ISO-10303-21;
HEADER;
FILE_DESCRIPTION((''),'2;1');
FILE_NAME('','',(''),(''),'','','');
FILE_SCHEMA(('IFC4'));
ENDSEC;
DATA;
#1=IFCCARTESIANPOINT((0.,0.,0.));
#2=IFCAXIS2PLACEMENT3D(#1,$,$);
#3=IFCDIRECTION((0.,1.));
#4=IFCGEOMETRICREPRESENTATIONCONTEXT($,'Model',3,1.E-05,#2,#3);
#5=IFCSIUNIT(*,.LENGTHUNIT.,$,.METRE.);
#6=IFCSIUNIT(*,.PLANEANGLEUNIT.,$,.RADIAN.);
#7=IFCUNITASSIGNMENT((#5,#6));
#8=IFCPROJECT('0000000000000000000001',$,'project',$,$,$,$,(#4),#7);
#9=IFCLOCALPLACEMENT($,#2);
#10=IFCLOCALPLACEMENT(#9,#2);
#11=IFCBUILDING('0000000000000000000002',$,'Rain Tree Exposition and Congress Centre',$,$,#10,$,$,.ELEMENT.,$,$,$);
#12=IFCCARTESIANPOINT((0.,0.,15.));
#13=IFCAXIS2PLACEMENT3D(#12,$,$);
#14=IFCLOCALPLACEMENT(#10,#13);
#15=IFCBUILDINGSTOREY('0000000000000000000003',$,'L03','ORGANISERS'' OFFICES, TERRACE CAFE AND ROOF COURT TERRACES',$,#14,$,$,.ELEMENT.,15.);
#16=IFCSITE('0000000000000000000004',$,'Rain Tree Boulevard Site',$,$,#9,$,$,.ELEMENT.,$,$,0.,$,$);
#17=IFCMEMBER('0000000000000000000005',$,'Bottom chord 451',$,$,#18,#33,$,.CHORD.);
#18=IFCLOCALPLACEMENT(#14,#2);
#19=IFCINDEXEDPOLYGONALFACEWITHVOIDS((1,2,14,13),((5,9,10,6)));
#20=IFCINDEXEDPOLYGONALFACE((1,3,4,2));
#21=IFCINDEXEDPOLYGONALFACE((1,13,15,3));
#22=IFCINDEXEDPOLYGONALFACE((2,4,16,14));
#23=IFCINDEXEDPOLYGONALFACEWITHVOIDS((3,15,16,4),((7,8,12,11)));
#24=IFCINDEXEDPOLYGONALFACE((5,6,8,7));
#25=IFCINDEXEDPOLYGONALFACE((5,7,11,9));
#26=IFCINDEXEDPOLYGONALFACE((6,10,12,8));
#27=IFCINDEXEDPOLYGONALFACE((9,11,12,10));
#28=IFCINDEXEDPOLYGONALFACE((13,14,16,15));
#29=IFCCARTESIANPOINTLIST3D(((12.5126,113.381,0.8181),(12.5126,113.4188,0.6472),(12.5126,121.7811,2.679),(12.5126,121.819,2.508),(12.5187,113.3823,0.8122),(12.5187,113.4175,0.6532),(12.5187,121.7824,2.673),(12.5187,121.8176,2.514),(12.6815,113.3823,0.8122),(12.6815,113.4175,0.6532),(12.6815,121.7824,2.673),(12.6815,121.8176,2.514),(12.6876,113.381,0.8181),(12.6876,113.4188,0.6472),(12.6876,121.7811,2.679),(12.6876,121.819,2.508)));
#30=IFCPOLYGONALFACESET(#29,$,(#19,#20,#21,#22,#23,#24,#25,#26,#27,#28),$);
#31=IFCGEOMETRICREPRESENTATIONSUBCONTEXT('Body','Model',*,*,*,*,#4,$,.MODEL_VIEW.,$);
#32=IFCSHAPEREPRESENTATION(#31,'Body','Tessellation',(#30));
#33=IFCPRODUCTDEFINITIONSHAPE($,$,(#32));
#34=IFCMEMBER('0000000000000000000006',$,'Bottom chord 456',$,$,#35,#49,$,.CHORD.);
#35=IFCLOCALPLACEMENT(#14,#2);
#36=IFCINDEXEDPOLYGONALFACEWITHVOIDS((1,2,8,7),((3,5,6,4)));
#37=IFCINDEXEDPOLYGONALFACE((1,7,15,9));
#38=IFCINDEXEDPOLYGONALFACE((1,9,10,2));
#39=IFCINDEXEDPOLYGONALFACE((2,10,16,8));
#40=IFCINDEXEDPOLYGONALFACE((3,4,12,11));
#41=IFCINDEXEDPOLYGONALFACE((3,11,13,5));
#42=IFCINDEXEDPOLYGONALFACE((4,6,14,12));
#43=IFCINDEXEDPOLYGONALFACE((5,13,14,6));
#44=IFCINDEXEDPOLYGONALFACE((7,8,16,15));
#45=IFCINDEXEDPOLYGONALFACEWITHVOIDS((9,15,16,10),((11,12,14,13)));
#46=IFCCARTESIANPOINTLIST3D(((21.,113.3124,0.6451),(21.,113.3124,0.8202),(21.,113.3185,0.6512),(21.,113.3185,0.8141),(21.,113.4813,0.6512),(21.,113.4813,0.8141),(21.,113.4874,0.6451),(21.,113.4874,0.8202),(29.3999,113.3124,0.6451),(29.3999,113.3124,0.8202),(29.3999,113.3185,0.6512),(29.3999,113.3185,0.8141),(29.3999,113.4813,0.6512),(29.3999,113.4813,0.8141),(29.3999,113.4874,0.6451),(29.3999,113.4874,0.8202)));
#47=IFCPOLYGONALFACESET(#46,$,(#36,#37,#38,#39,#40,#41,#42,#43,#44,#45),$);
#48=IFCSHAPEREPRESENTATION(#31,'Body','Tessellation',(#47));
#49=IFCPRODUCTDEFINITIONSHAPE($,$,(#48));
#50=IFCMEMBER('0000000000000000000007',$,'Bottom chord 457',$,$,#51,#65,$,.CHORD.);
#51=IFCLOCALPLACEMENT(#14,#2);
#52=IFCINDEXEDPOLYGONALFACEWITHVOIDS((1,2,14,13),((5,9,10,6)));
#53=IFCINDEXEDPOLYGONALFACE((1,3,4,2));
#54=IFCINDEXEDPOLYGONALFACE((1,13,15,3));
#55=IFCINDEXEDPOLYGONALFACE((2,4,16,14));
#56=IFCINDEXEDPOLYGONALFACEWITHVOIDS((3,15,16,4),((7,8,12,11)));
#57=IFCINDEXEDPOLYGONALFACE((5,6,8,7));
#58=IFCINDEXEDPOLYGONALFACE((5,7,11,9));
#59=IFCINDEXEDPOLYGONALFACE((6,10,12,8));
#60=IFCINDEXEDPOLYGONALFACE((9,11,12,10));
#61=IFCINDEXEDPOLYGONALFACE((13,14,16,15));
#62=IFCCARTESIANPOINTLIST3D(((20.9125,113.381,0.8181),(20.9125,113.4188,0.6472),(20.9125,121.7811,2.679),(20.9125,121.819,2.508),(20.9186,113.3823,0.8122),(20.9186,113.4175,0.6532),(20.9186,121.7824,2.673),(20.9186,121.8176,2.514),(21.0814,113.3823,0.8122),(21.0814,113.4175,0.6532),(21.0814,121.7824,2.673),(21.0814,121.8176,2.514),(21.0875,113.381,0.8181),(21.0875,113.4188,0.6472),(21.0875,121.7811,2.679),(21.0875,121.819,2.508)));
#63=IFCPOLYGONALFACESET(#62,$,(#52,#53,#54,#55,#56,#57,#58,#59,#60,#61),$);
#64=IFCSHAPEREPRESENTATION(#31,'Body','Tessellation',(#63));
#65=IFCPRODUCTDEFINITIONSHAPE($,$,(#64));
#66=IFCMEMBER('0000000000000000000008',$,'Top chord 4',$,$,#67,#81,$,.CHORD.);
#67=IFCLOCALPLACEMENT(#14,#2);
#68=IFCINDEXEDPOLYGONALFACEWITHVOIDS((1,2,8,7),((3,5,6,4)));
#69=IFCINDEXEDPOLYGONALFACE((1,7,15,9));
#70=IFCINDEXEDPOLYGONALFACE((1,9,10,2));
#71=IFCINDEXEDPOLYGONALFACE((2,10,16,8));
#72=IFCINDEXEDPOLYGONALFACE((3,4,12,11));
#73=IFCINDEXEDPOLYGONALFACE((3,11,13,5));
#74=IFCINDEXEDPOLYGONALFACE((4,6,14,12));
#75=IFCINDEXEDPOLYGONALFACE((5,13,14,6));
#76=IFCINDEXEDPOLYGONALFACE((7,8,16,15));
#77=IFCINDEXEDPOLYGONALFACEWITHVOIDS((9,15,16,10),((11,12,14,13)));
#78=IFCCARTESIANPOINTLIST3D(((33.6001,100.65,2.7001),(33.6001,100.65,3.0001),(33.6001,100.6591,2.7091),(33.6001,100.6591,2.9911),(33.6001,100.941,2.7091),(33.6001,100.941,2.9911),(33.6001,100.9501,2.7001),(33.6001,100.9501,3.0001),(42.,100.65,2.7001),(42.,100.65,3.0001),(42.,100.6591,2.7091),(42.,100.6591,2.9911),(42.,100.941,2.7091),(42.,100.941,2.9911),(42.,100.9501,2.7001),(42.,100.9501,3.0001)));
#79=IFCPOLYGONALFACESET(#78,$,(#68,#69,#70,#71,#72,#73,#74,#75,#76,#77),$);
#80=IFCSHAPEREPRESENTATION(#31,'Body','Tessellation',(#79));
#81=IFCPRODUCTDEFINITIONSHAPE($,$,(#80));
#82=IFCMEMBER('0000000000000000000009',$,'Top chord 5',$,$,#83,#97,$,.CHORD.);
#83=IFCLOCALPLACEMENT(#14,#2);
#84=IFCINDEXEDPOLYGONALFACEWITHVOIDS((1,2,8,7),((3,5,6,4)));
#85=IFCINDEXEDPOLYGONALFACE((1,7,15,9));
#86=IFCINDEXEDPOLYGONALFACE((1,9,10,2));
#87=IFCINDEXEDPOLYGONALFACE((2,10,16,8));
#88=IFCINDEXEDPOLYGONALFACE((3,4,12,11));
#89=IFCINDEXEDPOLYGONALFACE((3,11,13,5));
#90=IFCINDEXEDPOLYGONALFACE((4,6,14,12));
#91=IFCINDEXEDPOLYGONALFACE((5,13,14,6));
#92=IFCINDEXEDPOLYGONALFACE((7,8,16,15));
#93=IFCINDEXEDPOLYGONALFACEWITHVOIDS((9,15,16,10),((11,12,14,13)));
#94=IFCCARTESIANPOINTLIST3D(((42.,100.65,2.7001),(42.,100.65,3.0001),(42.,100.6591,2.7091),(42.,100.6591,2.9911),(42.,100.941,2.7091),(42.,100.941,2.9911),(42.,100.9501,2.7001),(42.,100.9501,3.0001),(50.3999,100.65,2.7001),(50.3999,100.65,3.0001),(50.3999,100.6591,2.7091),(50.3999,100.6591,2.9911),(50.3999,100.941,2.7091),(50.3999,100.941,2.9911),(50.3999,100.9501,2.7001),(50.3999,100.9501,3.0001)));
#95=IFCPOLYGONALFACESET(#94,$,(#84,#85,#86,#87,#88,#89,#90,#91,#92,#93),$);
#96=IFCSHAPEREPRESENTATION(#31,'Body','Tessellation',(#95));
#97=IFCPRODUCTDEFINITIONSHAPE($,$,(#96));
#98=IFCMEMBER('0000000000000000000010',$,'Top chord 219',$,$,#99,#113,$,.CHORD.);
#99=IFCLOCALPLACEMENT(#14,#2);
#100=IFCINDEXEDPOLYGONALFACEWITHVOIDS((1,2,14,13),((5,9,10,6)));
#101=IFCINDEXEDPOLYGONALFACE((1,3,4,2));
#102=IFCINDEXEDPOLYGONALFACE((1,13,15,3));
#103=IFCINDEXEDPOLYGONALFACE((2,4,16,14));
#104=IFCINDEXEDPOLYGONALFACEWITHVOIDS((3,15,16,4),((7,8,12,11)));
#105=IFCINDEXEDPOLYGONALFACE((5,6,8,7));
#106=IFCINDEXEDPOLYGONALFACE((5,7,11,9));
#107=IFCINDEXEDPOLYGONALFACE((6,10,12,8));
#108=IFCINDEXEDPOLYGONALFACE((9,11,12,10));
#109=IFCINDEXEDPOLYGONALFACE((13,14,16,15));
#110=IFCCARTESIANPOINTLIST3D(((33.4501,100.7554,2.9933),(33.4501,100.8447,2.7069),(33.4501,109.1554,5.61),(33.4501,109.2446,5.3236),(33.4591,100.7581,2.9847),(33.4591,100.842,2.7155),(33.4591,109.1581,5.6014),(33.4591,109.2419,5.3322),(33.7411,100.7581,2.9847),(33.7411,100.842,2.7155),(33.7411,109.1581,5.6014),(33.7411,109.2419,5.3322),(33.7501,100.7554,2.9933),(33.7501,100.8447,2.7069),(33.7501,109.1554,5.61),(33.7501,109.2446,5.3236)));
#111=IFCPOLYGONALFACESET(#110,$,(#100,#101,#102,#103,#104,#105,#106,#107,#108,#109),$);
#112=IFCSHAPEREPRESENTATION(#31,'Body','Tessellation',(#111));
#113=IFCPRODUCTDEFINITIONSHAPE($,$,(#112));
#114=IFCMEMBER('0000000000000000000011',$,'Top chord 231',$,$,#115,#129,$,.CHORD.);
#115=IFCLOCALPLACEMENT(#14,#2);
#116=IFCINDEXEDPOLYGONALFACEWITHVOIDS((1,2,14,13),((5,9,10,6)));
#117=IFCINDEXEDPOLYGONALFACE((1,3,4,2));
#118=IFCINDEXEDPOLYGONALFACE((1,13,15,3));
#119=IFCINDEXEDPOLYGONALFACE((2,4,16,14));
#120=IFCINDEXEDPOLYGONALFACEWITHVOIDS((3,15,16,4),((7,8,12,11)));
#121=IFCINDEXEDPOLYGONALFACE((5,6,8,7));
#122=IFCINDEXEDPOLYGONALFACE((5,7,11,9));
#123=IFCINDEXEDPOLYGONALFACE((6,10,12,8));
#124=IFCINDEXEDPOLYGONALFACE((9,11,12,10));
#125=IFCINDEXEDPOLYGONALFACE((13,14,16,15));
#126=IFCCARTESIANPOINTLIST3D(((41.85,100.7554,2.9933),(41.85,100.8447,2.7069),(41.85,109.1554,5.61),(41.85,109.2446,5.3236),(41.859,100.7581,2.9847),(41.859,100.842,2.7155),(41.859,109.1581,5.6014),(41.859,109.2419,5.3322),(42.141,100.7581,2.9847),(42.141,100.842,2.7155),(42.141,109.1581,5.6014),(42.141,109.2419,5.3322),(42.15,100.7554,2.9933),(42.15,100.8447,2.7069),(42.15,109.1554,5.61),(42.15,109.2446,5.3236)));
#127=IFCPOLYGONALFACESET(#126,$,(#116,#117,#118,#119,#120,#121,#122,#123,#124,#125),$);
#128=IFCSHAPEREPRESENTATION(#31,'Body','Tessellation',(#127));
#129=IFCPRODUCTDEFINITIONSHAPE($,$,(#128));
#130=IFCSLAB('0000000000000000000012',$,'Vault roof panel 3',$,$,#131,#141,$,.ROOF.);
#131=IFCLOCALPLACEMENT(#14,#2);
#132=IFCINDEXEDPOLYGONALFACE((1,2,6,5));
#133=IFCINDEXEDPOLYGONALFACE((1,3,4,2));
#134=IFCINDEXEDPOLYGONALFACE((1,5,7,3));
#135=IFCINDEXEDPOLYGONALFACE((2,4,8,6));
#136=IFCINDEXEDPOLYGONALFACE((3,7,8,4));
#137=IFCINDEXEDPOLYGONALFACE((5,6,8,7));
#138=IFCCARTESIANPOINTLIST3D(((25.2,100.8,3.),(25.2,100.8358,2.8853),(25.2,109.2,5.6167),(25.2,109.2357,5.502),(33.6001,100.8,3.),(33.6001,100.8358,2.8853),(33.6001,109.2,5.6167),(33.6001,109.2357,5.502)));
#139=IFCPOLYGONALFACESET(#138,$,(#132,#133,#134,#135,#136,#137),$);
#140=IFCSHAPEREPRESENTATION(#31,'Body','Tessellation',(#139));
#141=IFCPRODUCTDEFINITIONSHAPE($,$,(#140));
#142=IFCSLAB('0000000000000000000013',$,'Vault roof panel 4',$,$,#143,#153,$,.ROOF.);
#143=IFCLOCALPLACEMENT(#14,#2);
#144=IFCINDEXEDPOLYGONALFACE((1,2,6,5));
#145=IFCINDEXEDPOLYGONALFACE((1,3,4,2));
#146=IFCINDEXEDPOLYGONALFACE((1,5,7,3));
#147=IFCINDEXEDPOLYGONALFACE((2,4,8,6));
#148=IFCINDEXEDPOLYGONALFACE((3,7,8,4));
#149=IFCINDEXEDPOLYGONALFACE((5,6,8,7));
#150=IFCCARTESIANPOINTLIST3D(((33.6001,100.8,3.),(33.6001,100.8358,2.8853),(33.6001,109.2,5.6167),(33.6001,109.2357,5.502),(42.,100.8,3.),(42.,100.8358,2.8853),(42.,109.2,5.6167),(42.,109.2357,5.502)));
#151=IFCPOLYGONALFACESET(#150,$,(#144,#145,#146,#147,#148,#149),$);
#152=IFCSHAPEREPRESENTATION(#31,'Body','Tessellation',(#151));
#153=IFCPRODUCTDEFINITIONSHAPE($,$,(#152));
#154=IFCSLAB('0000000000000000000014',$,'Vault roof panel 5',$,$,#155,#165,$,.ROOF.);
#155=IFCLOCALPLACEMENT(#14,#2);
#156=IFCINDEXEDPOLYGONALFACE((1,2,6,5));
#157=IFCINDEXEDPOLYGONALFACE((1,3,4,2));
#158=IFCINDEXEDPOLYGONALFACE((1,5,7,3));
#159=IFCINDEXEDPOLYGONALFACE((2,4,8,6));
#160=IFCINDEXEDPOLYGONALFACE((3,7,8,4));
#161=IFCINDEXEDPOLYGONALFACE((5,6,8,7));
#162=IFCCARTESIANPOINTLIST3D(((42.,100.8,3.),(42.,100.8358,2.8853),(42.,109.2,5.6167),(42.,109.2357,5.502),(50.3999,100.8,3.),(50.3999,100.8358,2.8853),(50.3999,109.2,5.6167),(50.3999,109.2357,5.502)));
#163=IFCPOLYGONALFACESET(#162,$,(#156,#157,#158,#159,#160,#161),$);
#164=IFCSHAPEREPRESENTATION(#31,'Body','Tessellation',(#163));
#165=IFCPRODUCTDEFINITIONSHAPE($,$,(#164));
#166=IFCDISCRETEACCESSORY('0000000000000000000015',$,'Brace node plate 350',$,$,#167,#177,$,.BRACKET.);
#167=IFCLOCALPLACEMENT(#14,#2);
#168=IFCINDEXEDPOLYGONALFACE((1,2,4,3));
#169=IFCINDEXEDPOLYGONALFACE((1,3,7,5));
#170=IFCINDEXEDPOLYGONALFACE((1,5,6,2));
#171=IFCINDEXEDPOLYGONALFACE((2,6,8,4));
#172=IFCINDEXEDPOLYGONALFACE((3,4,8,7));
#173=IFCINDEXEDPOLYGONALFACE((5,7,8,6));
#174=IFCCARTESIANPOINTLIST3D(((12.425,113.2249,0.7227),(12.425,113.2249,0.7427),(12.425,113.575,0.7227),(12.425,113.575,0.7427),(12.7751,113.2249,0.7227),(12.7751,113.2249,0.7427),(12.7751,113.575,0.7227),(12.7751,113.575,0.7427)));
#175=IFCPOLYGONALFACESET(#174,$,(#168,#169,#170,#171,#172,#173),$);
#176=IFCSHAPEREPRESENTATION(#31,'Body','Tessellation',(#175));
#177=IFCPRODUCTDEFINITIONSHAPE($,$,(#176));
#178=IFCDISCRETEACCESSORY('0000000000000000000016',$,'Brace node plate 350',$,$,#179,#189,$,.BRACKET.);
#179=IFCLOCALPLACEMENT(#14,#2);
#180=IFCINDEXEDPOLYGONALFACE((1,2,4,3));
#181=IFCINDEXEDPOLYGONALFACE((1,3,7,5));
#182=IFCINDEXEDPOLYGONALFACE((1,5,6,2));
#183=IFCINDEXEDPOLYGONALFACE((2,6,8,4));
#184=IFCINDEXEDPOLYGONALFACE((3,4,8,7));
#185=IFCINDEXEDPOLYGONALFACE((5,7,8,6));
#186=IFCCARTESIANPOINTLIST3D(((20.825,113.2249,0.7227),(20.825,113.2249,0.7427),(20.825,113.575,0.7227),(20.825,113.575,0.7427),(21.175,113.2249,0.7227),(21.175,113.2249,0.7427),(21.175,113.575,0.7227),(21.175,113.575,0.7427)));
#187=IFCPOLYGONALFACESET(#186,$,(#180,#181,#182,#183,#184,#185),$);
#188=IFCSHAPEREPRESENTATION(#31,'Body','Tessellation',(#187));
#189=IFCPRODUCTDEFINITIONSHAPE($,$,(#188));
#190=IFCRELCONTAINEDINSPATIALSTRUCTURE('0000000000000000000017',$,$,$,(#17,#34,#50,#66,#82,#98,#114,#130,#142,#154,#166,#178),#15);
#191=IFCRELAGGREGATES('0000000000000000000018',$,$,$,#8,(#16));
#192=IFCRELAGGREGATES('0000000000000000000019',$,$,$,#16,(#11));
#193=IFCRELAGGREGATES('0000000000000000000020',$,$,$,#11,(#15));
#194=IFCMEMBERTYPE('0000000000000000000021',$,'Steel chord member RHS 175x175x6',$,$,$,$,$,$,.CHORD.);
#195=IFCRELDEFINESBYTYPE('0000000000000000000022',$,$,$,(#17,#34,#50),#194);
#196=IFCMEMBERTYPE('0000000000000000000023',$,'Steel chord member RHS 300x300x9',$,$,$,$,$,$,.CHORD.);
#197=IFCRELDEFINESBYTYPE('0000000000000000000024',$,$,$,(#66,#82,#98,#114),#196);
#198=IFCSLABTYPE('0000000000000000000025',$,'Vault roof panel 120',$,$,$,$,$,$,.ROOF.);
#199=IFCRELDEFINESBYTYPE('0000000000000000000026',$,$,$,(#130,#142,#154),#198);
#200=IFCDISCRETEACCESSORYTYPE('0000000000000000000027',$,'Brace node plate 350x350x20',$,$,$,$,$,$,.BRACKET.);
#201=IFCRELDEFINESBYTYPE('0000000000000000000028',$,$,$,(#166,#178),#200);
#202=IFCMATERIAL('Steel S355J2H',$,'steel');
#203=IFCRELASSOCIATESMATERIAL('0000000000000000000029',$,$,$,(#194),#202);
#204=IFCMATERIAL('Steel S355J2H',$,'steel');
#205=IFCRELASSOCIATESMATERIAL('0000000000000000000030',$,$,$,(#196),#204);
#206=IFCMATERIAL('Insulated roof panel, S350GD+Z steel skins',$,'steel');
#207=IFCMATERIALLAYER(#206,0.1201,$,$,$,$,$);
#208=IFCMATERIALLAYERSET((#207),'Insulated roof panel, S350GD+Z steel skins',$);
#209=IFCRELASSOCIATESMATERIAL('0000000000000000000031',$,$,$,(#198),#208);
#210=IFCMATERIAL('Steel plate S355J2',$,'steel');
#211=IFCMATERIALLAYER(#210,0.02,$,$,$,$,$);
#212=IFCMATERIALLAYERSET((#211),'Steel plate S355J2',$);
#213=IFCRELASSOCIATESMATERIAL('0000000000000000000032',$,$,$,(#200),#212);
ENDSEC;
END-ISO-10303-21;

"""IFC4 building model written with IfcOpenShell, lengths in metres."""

from ifc_helpers import new_model, si_unit, direction, frame, origin, origin_2d, place, context, subcontext, project, spatial, polyline, rectangle, hollow_rectangle, outline, extrude, material, layer, layer_set, material_profile, profile_set, type_object, element, save


model = new_model("IFC4")

# Units and contexts
model_context = context("Model", 3, precision=1e-05, world=origin(), true_north=direction((0.0, 1.0)))
body_context = subcontext(model_context, "Body", "Model", "MODEL_VIEW")
ifc_project = project(units=[si_unit("LENGTHUNIT", "METRE"), si_unit("PLANEANGLEUNIT", "RADIAN")], contexts=[model_context])

# Site, building, storey
site_placement = place(None, origin())
site = spatial("IfcSite", under=ifc_project, at=site_placement, Name="Rain Tree Boulevard Site", CompositionType="ELEMENT", RefElevation=0.0)
building_placement = place(site_placement, origin())
building = spatial("IfcBuilding", under=site, at=building_placement, Name="Rain Tree Exposition and Congress Centre", CompositionType="ELEMENT")
storey_placement = place(building_placement, frame((0.0, 0.0, 15.0)))
storey = spatial("IfcBuildingStorey", under=building, at=storey_placement, Name="L03", Description="ORGANISERS' OFFICES, TERRACE CAFE AND ROOF COURT TERRACES", CompositionType="ELEMENT", Elevation=15.0)

# Members
ifc_material_1 = material(Name="Steel S355J2H", Category="steel")
ifc_material_profile_1 = material_profile(ifc_material_1, hollow_rectangle(XDim=0.175, YDim=0.175, WallThickness=0.0061, at=origin_2d()), Name="RHS 175x175x6")
ifc_profile_set_1 = profile_set([ifc_material_profile_1], Name="Steel S355J2H")
member_type_1 = type_object("IfcMemberType", Name="Steel chord member RHS 175x175x6", PredefinedType="CHORD", material=ifc_profile_set_1)
member_1_placement = place(storey_placement, frame((12.6001, 113.3999, 0.7327), z_axis=(0.0, 0.976331, 0.216281), x_axis=(-1.0, 0.0, 0.0)))
element("IfcMember", 1, at=member_1_placement, inside=storey, type_object=member_type_1, Name="Bottom chord 451", PredefinedType="CHORD", context=body_context, shape_type="SweptSolid", body=[
    extrude(hollow_rectangle(XDim=0.175, YDim=0.175, WallThickness=0.0061, at=origin_2d()), origin(), (0.0, 0.0, 1.0), 8.6038),
])
member_2_placement = place(storey_placement, frame((21.0, 113.3999, 0.7327), z_axis=(1.0, 0.0, 0.0), x_axis=(0.0, 1.0, 0.0)))
element("IfcMember", 2, at=member_2_placement, inside=storey, type_object=member_type_1, Name="Bottom chord 456", PredefinedType="CHORD", context=body_context, shape_type="SweptSolid", body=[
    extrude(hollow_rectangle(XDim=0.175, YDim=0.175, WallThickness=0.0061, at=origin_2d()), origin(), (0.0, 0.0, 1.0), 8.3999),
])
member_3_placement = place(storey_placement, frame((21.0, 113.3999, 0.7327), z_axis=(0.0, 0.976331, 0.216281), x_axis=(-1.0, 0.0, 0.0)))
element("IfcMember", 3, at=member_3_placement, inside=storey, type_object=member_type_1, Name="Bottom chord 457", PredefinedType="CHORD", context=body_context, shape_type="SweptSolid", body=[
    extrude(hollow_rectangle(XDim=0.175, YDim=0.175, WallThickness=0.0061, at=origin_2d()), origin(), (0.0, 0.0, 1.0), 8.6038),
])
ifc_material_2 = material(Name="Steel S355J2H", Category="steel")
ifc_material_profile_2 = material_profile(ifc_material_2, hollow_rectangle(XDim=0.3, YDim=0.3, WallThickness=0.009, at=origin_2d()), Name="RHS 300x300x9")
ifc_profile_set_2 = profile_set([ifc_material_profile_2], Name="Steel S355J2H")
member_type_2 = type_object("IfcMemberType", Name="Steel chord member RHS 300x300x9", PredefinedType="CHORD", material=ifc_profile_set_2)
for number, where, z_axis, x_axis, name in (
    (4, (33.6001, 100.8, 2.8501), (1.0, 0.0, 0.0), (0.0, 1.0, 0.0), "Top chord 4"),
    (5, (42.0, 100.8, 2.8501), (1.0, 0.0, 0.0), (0.0, 1.0, 0.0), "Top chord 5"),
):
    element("IfcMember", number, at=place(storey_placement, frame(where, z_axis=z_axis, x_axis=x_axis)), inside=storey, type_object=member_type_2, Name=name, PredefinedType="CHORD", context=body_context, shape_type="SweptSolid", body=[
        extrude(hollow_rectangle(XDim=0.3, YDim=0.3, WallThickness=0.009, at=origin_2d()), origin(), (0.0, 0.0, 1.0), 8.3999),
    ])
for number, where, z_axis, x_axis, name in (
    (6, (33.6001, 100.8, 2.8501), (0.0, 0.954747, 0.297418), (-1.0, 0.0, 0.0), "Top chord 219"),
    (7, (42.0, 100.8, 2.8501), (0.0, 0.954747, 0.297418), (-1.0, 0.0, 0.0), "Top chord 231"),
):
    element("IfcMember", number, at=place(storey_placement, frame(where, z_axis=z_axis, x_axis=x_axis)), inside=storey, type_object=member_type_2, Name=name, PredefinedType="CHORD", context=body_context, shape_type="SweptSolid", body=[
        extrude(hollow_rectangle(XDim=0.3, YDim=0.3, WallThickness=0.009, at=origin_2d()), origin(), (0.0, 0.0, 1.0), 8.7981),
    ])

# Slabs
ifc_material_3 = material(Name="Insulated roof panel, S350GD+Z steel skins", Category="steel")
ifc_layer_1 = layer(ifc_material_3, 0.1201)
ifc_layer_set_1 = layer_set([ifc_layer_1], Name="Insulated roof panel, S350GD+Z steel skins")
slab_type = type_object("IfcSlabType", Name="Vault roof panel 120", PredefinedType="ROOF", material=ifc_layer_set_1)
slab_placement = place(storey_placement, frame((25.2, 100.8, 3.0), z_axis=(0.0, -0.297418, 0.954747), x_axis=(1.0, 0.0, 0.0)))
element("IfcSlab", 8, at=slab_placement, inside=storey, type_object=slab_type, Name="Vault roof panel 3", PredefinedType="ROOF", context=body_context, shape_type="SweptSolid", body=[
    extrude(outline(polyline([(0.0, 0.0), (8.4001, 0.0), (8.4001, 8.798), (0.0, 8.798), (0.0, 0.0)])), origin(), (0.0, 0.0, -1.0), 0.1201),
])
for number, where, z_axis, x_axis, name in (
    (9, (33.6001, 100.8, 3.0), (0.0, -0.297418, 0.954747), (1.0, 0.0, 0.0), "Vault roof panel 4"),
    (10, (42.0, 100.8, 3.0), (0.0, -0.297418, 0.954747), (1.0, 0.0, 0.0), "Vault roof panel 5"),
):
    element("IfcSlab", number, at=place(storey_placement, frame(where, z_axis=z_axis, x_axis=x_axis)), inside=storey, type_object=slab_type, Name=name, PredefinedType="ROOF", context=body_context, shape_type="SweptSolid", body=[
        extrude(outline(polyline([(0.0, 0.0), (8.3999, 0.0), (8.3999, 8.798), (0.0, 8.798), (0.0, 0.0)])), origin(), (0.0, 0.0, -1.0), 0.1201),
    ])

# Discrete accessories
ifc_material_4 = material(Name="Steel plate S355J2", Category="steel")
ifc_layer_2 = layer(ifc_material_4, 0.02)
ifc_layer_set_2 = layer_set([ifc_layer_2], Name="Steel plate S355J2")
discrete_accessory_type_1 = type_object("IfcDiscreteAccessoryType", Name="Brace node plate 350x350x20", PredefinedType="BRACKET", material=ifc_layer_set_2)
for number, where, z_axis, x_axis, name in (
    (11, (12.6001, 113.3999, 0.7227), (0.0, 0.0, 1.0), (1.0, 0.0, 0.0), "Brace node plate 350"),
    (12, (21.0, 113.3999, 0.7227), (0.0, 0.0, 1.0), (1.0, 0.0, 0.0), "Brace node plate 350"),
):
    element("IfcDiscreteAccessory", number, at=place(storey_placement, frame(where, z_axis=z_axis, x_axis=x_axis)), inside=storey, type_object=discrete_accessory_type_1, Name=name, PredefinedType="BRACKET", context=body_context, shape_type="SweptSolid", body=[
        extrude(rectangle(XDim=0.3501, YDim=0.3501, at=origin_2d()), origin(), (0.0, 0.0, 1.0), 0.02),
    ])

save(model, "model.ifc")
